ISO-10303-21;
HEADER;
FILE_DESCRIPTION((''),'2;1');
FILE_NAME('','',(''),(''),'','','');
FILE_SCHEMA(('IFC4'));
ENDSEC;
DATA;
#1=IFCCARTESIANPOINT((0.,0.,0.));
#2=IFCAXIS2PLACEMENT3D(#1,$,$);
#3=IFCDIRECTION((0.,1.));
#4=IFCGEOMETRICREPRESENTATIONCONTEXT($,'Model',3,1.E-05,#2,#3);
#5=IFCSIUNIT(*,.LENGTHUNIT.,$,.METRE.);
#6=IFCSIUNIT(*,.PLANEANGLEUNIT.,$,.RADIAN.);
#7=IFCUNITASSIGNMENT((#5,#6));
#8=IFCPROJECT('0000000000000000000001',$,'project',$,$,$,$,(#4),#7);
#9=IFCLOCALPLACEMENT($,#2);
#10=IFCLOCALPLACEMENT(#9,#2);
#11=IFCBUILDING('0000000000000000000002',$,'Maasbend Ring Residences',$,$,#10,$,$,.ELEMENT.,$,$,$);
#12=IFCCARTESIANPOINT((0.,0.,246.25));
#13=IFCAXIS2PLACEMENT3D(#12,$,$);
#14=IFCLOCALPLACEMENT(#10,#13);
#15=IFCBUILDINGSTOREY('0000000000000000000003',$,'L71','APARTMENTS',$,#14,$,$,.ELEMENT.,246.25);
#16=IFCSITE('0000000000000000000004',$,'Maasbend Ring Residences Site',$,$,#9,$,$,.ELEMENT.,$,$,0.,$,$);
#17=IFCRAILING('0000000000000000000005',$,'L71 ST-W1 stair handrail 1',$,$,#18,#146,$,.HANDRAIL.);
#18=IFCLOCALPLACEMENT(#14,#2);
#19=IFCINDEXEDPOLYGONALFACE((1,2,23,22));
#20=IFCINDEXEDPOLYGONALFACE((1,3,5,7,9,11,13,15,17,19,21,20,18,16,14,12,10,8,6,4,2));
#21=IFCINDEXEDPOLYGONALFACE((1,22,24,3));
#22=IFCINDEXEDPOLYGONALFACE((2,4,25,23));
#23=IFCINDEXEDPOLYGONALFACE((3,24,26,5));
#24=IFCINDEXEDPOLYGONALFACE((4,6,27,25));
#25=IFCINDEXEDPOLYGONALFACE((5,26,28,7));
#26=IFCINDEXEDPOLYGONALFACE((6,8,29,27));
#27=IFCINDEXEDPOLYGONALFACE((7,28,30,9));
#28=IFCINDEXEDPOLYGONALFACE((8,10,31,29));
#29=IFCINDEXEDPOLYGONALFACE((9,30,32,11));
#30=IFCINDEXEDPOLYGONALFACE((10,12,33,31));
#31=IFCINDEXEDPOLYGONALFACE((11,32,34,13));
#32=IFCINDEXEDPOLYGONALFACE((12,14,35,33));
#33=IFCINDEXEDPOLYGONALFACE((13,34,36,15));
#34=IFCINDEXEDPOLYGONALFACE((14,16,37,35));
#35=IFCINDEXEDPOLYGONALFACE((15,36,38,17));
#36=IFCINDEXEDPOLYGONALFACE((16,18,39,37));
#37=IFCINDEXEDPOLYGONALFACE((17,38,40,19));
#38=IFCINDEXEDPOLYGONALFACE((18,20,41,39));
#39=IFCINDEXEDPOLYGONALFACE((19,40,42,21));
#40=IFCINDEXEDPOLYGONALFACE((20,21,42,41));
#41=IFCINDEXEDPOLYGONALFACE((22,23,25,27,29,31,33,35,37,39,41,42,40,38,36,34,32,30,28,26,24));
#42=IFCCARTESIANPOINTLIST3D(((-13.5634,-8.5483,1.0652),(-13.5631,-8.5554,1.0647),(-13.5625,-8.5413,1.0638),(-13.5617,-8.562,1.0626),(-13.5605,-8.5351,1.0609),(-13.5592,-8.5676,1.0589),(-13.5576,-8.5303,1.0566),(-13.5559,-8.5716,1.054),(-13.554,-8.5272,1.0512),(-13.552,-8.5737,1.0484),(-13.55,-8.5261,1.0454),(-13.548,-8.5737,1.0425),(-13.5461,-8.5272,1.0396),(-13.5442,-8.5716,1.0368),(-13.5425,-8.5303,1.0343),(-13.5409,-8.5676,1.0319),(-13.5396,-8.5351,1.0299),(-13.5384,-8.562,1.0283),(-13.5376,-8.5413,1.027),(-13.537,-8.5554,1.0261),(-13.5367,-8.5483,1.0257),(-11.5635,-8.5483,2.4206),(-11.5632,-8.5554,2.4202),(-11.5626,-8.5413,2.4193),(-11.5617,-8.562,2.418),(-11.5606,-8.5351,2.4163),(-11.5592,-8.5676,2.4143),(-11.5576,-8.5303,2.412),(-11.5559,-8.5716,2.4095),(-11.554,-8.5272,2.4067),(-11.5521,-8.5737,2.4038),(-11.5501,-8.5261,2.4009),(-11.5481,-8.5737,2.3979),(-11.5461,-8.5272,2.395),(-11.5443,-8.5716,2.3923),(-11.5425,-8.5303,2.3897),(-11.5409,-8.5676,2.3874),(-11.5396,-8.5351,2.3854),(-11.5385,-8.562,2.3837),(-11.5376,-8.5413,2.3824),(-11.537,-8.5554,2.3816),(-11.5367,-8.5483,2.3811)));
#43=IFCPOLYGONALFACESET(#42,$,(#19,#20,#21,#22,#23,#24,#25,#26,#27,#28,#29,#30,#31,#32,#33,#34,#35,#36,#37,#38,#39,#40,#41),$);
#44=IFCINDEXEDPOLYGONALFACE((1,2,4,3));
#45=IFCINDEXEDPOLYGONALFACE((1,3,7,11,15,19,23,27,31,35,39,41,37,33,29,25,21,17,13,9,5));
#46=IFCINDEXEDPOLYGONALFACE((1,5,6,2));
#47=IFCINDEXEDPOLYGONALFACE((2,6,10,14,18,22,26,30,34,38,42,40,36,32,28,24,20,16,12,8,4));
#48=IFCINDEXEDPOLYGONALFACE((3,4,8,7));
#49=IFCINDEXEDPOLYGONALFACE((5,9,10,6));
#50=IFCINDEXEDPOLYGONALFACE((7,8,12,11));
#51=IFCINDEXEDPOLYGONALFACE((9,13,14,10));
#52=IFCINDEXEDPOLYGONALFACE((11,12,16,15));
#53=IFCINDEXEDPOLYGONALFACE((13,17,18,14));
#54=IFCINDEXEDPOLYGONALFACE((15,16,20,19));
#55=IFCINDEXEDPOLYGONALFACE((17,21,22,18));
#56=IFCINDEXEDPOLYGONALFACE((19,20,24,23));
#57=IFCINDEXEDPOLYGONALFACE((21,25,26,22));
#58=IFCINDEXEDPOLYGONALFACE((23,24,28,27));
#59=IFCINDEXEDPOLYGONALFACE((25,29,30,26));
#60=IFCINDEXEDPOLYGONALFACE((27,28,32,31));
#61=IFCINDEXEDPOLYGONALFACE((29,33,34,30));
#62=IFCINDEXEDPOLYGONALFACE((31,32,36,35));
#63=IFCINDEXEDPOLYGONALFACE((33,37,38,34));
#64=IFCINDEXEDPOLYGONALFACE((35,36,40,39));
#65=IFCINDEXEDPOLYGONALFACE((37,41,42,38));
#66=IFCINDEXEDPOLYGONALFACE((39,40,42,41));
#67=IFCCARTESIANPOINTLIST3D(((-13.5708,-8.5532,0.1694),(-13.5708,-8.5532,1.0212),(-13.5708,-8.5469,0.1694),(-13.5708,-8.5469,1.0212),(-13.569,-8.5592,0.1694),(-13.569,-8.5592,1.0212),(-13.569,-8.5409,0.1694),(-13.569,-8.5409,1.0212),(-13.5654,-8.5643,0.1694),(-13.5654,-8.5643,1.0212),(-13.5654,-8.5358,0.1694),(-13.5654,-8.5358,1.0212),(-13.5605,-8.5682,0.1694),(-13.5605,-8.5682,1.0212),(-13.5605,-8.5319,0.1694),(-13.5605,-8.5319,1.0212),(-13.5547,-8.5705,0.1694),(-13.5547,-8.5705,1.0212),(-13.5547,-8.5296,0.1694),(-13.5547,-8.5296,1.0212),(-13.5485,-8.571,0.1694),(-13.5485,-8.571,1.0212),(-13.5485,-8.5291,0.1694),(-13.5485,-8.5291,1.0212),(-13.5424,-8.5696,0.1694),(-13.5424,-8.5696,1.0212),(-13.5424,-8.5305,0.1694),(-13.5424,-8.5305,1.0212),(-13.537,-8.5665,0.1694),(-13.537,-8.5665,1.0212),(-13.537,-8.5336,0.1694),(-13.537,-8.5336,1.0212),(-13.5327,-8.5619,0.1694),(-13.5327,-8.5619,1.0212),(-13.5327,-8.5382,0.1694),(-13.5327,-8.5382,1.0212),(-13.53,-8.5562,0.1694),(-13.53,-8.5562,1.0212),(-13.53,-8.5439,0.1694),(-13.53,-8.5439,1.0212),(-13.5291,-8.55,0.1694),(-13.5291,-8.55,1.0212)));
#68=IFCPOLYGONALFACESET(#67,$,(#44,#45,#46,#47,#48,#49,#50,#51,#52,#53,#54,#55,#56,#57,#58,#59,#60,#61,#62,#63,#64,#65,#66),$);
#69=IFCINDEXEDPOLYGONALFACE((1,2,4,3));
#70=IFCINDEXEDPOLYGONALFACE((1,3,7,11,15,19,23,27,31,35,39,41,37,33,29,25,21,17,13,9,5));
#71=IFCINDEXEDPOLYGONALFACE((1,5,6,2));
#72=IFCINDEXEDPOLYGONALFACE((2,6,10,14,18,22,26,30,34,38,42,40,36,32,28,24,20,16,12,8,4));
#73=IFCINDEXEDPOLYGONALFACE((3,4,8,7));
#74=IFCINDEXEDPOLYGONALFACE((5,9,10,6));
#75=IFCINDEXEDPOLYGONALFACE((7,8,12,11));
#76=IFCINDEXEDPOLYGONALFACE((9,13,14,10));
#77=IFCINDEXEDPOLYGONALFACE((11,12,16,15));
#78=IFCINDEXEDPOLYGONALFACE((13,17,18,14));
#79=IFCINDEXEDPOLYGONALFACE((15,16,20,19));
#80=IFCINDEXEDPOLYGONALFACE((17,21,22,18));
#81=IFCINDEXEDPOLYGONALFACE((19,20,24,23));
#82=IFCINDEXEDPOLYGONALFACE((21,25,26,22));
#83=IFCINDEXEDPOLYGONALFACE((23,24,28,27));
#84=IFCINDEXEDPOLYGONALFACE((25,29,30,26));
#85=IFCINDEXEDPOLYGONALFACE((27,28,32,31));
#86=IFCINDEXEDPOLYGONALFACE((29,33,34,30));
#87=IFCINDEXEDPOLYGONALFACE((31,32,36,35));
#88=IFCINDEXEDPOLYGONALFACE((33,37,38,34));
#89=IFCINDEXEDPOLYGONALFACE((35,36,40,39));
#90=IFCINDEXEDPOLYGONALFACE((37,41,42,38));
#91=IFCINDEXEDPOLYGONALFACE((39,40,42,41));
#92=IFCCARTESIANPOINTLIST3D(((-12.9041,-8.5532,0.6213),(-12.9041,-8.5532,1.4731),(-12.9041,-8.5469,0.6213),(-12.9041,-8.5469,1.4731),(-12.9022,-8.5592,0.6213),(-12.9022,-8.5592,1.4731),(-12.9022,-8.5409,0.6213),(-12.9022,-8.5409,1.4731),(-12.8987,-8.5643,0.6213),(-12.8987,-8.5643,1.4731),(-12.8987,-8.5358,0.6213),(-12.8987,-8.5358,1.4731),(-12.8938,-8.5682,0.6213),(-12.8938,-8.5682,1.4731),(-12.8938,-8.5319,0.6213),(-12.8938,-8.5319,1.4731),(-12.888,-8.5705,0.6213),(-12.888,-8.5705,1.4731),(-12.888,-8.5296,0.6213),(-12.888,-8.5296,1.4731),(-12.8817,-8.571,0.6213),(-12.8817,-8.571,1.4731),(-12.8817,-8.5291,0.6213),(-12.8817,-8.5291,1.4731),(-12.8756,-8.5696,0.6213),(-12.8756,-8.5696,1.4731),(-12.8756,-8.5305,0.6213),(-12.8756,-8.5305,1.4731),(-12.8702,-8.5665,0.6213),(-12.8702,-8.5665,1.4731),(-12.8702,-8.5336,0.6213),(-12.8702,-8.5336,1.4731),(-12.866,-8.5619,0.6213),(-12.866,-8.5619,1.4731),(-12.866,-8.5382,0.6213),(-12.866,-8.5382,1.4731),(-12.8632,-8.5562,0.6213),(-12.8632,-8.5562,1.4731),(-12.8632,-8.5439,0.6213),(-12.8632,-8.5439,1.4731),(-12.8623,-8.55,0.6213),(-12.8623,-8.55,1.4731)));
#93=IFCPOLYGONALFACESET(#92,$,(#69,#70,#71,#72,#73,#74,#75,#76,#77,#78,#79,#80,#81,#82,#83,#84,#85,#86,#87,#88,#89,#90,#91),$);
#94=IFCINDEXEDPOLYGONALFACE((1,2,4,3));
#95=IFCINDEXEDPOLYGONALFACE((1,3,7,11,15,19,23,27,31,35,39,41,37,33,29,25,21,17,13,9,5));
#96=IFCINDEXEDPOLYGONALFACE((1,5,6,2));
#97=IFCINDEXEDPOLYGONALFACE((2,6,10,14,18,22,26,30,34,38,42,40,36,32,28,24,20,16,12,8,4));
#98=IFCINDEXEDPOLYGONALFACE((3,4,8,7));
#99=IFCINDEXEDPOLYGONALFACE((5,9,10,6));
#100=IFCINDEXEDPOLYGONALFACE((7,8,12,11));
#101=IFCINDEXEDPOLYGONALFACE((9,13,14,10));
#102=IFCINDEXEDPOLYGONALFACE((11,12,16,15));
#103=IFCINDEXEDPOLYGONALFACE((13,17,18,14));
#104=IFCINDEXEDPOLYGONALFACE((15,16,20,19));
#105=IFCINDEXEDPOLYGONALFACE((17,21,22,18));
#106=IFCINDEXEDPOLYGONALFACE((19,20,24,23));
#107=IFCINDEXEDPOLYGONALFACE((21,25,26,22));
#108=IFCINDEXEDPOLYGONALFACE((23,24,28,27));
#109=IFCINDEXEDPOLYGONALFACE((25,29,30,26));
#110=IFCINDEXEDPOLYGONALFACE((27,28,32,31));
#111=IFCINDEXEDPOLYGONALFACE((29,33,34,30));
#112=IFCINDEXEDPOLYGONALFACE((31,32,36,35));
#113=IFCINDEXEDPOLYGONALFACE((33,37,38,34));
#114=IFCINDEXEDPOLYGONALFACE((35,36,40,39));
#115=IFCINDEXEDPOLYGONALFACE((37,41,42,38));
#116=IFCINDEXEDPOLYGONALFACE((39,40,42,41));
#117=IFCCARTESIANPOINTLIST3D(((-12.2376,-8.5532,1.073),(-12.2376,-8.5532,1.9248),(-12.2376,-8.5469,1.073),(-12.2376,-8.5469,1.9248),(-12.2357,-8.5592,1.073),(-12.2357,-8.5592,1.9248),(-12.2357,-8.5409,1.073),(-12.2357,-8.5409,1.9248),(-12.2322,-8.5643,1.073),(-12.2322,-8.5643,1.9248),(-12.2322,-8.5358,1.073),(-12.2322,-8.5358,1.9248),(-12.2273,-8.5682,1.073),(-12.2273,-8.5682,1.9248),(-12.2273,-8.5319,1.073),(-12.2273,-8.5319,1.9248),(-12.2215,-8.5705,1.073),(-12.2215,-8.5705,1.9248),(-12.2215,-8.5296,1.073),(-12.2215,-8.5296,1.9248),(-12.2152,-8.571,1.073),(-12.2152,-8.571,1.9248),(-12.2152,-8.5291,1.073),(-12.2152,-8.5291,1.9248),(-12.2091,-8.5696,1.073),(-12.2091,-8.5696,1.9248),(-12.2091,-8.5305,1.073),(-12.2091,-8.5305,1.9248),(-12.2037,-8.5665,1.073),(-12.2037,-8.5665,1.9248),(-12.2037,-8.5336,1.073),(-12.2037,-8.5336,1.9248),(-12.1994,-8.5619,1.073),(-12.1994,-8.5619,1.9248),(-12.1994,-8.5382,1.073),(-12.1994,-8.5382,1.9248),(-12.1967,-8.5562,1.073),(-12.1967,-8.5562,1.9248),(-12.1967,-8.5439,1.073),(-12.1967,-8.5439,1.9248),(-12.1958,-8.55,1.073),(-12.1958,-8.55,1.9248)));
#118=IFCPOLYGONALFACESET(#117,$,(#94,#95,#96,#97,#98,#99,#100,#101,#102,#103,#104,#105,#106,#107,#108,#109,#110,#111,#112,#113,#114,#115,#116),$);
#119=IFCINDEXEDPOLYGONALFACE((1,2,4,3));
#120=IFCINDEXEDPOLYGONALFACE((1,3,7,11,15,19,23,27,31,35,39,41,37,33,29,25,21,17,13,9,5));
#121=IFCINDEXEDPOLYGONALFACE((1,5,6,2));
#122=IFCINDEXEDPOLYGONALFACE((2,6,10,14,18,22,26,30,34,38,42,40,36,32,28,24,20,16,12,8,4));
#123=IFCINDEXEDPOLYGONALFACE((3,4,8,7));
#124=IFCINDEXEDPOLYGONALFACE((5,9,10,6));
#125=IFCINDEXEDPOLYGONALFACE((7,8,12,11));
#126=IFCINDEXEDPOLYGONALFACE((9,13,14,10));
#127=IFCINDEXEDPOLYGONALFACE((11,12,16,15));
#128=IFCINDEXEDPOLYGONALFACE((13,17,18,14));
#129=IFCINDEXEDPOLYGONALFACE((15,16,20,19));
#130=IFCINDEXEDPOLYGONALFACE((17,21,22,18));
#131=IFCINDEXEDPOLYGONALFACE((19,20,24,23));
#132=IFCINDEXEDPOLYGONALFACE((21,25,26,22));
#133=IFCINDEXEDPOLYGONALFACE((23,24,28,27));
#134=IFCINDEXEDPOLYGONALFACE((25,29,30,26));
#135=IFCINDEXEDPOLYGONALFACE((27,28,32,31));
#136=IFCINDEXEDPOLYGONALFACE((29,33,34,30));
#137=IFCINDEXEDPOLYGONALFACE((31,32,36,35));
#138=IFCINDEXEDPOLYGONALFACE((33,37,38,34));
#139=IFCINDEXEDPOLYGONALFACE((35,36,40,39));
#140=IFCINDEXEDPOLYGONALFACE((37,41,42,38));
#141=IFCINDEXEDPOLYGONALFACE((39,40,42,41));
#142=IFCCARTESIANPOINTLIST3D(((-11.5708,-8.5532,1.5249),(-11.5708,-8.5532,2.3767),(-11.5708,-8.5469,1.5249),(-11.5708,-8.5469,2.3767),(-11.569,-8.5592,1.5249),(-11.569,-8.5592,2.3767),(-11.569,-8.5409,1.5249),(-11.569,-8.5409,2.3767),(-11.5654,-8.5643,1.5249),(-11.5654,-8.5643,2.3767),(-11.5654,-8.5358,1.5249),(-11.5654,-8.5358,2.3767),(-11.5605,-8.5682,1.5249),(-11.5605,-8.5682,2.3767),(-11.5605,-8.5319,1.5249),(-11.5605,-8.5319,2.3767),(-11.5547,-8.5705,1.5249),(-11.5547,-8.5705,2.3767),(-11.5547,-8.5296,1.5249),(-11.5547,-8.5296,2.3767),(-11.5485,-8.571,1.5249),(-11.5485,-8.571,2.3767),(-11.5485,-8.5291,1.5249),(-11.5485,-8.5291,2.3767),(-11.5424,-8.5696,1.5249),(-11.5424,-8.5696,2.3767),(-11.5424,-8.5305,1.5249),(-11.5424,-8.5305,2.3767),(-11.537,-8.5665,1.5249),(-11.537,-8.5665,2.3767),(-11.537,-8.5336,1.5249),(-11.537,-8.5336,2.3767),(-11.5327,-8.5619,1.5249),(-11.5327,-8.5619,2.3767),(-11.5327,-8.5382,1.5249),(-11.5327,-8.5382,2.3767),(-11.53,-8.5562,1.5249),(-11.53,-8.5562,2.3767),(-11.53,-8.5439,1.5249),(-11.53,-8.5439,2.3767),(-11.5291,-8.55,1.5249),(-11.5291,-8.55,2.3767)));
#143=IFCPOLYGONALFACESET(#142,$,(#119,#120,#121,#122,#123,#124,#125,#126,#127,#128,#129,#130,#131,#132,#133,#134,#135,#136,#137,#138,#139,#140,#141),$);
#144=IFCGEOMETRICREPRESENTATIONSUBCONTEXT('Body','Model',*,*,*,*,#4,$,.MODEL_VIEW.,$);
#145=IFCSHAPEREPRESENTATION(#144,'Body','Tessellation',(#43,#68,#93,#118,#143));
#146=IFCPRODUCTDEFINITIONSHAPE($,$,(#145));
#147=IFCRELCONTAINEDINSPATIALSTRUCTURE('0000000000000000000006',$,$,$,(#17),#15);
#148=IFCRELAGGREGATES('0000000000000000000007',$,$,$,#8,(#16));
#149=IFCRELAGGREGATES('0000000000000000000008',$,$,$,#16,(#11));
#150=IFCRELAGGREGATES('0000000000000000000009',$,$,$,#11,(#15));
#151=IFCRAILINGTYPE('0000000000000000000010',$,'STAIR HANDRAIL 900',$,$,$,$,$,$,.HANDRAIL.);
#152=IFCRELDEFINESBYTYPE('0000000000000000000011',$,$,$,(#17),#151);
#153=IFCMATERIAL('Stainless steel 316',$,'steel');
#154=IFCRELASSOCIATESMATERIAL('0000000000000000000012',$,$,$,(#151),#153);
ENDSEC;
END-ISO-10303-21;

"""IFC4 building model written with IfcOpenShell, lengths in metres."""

from ifc_helpers import new_model, si_unit, direction, frame, origin, origin_2d, place, context, subcontext, project, spatial, circle, extrude, material, type_object, element, save


model = new_model("IFC4")

# Units and contexts
model_context = context("Model", 3, precision=1e-05, world=origin(), true_north=direction((0.0, 1.0)))
body_context = subcontext(model_context, "Body", "Model", "MODEL_VIEW")
ifc_project = project(units=[si_unit("LENGTHUNIT", "METRE"), si_unit("PLANEANGLEUNIT", "RADIAN")], contexts=[model_context])

# Site, building, storey
site_placement = place(None, origin())
site = spatial("IfcSite", under=ifc_project, at=site_placement, Name="Maasbend Ring Residences Site", CompositionType="ELEMENT", RefElevation=0.0)
building_placement = place(site_placement, origin())
building = spatial("IfcBuilding", under=site, at=building_placement, Name="Maasbend Ring Residences", CompositionType="ELEMENT")
storey_placement = place(building_placement, frame((0.0, 0.0, 246.25)))
storey = spatial("IfcBuildingStorey", under=building, at=storey_placement, Name="L71", Description="APARTMENTS", CompositionType="ELEMENT", Elevation=246.25)

# Railing
ifc_material_1 = material(Name="Stainless steel 316", Category="steel")
railing_type_1 = type_object("IfcRailingType", Name="STAIR HANDRAIL 900", PredefinedType="HANDRAIL", material=ifc_material_1)
railing_1_placement = place(storey_placement, frame((-13.55, -8.55, 0.1694)))
element("IfcRailing", 1, at=railing_1_placement, inside=storey, type_object=railing_type_1, Name="L71 ST-W1 stair handrail 1", PredefinedType="HANDRAIL", context=body_context, shape_type="SweptSolid", body=[
    extrude(circle(Radius=0.0239, at=origin_2d()), frame((0.0, 0.0, 0.876), z_axis=(0.827798, 0.0, 0.561027), x_axis=(0.0, 1.0, 0.0)), (0.0, 0.0, 1.0), 2.416),
    extrude(circle(Radius=0.021, at=origin_2d()), origin(), (0.0, 0.0, 1.0), 0.8518),
    extrude(circle(Radius=0.021, at=origin_2d()), frame((0.6667, 0.0, 0.4519)), (0.0, 0.0, 1.0), 0.8518),
    extrude(circle(Radius=0.021, at=origin_2d()), frame((1.3333, 0.0, 0.9036)), (0.0, 0.0, 1.0), 0.8518),
    extrude(circle(Radius=0.021, at=origin_2d()), frame((2.0, 0.0, 1.3555)), (0.0, 0.0, 1.0), 0.8518),
])

save(model, "model.ifc")
